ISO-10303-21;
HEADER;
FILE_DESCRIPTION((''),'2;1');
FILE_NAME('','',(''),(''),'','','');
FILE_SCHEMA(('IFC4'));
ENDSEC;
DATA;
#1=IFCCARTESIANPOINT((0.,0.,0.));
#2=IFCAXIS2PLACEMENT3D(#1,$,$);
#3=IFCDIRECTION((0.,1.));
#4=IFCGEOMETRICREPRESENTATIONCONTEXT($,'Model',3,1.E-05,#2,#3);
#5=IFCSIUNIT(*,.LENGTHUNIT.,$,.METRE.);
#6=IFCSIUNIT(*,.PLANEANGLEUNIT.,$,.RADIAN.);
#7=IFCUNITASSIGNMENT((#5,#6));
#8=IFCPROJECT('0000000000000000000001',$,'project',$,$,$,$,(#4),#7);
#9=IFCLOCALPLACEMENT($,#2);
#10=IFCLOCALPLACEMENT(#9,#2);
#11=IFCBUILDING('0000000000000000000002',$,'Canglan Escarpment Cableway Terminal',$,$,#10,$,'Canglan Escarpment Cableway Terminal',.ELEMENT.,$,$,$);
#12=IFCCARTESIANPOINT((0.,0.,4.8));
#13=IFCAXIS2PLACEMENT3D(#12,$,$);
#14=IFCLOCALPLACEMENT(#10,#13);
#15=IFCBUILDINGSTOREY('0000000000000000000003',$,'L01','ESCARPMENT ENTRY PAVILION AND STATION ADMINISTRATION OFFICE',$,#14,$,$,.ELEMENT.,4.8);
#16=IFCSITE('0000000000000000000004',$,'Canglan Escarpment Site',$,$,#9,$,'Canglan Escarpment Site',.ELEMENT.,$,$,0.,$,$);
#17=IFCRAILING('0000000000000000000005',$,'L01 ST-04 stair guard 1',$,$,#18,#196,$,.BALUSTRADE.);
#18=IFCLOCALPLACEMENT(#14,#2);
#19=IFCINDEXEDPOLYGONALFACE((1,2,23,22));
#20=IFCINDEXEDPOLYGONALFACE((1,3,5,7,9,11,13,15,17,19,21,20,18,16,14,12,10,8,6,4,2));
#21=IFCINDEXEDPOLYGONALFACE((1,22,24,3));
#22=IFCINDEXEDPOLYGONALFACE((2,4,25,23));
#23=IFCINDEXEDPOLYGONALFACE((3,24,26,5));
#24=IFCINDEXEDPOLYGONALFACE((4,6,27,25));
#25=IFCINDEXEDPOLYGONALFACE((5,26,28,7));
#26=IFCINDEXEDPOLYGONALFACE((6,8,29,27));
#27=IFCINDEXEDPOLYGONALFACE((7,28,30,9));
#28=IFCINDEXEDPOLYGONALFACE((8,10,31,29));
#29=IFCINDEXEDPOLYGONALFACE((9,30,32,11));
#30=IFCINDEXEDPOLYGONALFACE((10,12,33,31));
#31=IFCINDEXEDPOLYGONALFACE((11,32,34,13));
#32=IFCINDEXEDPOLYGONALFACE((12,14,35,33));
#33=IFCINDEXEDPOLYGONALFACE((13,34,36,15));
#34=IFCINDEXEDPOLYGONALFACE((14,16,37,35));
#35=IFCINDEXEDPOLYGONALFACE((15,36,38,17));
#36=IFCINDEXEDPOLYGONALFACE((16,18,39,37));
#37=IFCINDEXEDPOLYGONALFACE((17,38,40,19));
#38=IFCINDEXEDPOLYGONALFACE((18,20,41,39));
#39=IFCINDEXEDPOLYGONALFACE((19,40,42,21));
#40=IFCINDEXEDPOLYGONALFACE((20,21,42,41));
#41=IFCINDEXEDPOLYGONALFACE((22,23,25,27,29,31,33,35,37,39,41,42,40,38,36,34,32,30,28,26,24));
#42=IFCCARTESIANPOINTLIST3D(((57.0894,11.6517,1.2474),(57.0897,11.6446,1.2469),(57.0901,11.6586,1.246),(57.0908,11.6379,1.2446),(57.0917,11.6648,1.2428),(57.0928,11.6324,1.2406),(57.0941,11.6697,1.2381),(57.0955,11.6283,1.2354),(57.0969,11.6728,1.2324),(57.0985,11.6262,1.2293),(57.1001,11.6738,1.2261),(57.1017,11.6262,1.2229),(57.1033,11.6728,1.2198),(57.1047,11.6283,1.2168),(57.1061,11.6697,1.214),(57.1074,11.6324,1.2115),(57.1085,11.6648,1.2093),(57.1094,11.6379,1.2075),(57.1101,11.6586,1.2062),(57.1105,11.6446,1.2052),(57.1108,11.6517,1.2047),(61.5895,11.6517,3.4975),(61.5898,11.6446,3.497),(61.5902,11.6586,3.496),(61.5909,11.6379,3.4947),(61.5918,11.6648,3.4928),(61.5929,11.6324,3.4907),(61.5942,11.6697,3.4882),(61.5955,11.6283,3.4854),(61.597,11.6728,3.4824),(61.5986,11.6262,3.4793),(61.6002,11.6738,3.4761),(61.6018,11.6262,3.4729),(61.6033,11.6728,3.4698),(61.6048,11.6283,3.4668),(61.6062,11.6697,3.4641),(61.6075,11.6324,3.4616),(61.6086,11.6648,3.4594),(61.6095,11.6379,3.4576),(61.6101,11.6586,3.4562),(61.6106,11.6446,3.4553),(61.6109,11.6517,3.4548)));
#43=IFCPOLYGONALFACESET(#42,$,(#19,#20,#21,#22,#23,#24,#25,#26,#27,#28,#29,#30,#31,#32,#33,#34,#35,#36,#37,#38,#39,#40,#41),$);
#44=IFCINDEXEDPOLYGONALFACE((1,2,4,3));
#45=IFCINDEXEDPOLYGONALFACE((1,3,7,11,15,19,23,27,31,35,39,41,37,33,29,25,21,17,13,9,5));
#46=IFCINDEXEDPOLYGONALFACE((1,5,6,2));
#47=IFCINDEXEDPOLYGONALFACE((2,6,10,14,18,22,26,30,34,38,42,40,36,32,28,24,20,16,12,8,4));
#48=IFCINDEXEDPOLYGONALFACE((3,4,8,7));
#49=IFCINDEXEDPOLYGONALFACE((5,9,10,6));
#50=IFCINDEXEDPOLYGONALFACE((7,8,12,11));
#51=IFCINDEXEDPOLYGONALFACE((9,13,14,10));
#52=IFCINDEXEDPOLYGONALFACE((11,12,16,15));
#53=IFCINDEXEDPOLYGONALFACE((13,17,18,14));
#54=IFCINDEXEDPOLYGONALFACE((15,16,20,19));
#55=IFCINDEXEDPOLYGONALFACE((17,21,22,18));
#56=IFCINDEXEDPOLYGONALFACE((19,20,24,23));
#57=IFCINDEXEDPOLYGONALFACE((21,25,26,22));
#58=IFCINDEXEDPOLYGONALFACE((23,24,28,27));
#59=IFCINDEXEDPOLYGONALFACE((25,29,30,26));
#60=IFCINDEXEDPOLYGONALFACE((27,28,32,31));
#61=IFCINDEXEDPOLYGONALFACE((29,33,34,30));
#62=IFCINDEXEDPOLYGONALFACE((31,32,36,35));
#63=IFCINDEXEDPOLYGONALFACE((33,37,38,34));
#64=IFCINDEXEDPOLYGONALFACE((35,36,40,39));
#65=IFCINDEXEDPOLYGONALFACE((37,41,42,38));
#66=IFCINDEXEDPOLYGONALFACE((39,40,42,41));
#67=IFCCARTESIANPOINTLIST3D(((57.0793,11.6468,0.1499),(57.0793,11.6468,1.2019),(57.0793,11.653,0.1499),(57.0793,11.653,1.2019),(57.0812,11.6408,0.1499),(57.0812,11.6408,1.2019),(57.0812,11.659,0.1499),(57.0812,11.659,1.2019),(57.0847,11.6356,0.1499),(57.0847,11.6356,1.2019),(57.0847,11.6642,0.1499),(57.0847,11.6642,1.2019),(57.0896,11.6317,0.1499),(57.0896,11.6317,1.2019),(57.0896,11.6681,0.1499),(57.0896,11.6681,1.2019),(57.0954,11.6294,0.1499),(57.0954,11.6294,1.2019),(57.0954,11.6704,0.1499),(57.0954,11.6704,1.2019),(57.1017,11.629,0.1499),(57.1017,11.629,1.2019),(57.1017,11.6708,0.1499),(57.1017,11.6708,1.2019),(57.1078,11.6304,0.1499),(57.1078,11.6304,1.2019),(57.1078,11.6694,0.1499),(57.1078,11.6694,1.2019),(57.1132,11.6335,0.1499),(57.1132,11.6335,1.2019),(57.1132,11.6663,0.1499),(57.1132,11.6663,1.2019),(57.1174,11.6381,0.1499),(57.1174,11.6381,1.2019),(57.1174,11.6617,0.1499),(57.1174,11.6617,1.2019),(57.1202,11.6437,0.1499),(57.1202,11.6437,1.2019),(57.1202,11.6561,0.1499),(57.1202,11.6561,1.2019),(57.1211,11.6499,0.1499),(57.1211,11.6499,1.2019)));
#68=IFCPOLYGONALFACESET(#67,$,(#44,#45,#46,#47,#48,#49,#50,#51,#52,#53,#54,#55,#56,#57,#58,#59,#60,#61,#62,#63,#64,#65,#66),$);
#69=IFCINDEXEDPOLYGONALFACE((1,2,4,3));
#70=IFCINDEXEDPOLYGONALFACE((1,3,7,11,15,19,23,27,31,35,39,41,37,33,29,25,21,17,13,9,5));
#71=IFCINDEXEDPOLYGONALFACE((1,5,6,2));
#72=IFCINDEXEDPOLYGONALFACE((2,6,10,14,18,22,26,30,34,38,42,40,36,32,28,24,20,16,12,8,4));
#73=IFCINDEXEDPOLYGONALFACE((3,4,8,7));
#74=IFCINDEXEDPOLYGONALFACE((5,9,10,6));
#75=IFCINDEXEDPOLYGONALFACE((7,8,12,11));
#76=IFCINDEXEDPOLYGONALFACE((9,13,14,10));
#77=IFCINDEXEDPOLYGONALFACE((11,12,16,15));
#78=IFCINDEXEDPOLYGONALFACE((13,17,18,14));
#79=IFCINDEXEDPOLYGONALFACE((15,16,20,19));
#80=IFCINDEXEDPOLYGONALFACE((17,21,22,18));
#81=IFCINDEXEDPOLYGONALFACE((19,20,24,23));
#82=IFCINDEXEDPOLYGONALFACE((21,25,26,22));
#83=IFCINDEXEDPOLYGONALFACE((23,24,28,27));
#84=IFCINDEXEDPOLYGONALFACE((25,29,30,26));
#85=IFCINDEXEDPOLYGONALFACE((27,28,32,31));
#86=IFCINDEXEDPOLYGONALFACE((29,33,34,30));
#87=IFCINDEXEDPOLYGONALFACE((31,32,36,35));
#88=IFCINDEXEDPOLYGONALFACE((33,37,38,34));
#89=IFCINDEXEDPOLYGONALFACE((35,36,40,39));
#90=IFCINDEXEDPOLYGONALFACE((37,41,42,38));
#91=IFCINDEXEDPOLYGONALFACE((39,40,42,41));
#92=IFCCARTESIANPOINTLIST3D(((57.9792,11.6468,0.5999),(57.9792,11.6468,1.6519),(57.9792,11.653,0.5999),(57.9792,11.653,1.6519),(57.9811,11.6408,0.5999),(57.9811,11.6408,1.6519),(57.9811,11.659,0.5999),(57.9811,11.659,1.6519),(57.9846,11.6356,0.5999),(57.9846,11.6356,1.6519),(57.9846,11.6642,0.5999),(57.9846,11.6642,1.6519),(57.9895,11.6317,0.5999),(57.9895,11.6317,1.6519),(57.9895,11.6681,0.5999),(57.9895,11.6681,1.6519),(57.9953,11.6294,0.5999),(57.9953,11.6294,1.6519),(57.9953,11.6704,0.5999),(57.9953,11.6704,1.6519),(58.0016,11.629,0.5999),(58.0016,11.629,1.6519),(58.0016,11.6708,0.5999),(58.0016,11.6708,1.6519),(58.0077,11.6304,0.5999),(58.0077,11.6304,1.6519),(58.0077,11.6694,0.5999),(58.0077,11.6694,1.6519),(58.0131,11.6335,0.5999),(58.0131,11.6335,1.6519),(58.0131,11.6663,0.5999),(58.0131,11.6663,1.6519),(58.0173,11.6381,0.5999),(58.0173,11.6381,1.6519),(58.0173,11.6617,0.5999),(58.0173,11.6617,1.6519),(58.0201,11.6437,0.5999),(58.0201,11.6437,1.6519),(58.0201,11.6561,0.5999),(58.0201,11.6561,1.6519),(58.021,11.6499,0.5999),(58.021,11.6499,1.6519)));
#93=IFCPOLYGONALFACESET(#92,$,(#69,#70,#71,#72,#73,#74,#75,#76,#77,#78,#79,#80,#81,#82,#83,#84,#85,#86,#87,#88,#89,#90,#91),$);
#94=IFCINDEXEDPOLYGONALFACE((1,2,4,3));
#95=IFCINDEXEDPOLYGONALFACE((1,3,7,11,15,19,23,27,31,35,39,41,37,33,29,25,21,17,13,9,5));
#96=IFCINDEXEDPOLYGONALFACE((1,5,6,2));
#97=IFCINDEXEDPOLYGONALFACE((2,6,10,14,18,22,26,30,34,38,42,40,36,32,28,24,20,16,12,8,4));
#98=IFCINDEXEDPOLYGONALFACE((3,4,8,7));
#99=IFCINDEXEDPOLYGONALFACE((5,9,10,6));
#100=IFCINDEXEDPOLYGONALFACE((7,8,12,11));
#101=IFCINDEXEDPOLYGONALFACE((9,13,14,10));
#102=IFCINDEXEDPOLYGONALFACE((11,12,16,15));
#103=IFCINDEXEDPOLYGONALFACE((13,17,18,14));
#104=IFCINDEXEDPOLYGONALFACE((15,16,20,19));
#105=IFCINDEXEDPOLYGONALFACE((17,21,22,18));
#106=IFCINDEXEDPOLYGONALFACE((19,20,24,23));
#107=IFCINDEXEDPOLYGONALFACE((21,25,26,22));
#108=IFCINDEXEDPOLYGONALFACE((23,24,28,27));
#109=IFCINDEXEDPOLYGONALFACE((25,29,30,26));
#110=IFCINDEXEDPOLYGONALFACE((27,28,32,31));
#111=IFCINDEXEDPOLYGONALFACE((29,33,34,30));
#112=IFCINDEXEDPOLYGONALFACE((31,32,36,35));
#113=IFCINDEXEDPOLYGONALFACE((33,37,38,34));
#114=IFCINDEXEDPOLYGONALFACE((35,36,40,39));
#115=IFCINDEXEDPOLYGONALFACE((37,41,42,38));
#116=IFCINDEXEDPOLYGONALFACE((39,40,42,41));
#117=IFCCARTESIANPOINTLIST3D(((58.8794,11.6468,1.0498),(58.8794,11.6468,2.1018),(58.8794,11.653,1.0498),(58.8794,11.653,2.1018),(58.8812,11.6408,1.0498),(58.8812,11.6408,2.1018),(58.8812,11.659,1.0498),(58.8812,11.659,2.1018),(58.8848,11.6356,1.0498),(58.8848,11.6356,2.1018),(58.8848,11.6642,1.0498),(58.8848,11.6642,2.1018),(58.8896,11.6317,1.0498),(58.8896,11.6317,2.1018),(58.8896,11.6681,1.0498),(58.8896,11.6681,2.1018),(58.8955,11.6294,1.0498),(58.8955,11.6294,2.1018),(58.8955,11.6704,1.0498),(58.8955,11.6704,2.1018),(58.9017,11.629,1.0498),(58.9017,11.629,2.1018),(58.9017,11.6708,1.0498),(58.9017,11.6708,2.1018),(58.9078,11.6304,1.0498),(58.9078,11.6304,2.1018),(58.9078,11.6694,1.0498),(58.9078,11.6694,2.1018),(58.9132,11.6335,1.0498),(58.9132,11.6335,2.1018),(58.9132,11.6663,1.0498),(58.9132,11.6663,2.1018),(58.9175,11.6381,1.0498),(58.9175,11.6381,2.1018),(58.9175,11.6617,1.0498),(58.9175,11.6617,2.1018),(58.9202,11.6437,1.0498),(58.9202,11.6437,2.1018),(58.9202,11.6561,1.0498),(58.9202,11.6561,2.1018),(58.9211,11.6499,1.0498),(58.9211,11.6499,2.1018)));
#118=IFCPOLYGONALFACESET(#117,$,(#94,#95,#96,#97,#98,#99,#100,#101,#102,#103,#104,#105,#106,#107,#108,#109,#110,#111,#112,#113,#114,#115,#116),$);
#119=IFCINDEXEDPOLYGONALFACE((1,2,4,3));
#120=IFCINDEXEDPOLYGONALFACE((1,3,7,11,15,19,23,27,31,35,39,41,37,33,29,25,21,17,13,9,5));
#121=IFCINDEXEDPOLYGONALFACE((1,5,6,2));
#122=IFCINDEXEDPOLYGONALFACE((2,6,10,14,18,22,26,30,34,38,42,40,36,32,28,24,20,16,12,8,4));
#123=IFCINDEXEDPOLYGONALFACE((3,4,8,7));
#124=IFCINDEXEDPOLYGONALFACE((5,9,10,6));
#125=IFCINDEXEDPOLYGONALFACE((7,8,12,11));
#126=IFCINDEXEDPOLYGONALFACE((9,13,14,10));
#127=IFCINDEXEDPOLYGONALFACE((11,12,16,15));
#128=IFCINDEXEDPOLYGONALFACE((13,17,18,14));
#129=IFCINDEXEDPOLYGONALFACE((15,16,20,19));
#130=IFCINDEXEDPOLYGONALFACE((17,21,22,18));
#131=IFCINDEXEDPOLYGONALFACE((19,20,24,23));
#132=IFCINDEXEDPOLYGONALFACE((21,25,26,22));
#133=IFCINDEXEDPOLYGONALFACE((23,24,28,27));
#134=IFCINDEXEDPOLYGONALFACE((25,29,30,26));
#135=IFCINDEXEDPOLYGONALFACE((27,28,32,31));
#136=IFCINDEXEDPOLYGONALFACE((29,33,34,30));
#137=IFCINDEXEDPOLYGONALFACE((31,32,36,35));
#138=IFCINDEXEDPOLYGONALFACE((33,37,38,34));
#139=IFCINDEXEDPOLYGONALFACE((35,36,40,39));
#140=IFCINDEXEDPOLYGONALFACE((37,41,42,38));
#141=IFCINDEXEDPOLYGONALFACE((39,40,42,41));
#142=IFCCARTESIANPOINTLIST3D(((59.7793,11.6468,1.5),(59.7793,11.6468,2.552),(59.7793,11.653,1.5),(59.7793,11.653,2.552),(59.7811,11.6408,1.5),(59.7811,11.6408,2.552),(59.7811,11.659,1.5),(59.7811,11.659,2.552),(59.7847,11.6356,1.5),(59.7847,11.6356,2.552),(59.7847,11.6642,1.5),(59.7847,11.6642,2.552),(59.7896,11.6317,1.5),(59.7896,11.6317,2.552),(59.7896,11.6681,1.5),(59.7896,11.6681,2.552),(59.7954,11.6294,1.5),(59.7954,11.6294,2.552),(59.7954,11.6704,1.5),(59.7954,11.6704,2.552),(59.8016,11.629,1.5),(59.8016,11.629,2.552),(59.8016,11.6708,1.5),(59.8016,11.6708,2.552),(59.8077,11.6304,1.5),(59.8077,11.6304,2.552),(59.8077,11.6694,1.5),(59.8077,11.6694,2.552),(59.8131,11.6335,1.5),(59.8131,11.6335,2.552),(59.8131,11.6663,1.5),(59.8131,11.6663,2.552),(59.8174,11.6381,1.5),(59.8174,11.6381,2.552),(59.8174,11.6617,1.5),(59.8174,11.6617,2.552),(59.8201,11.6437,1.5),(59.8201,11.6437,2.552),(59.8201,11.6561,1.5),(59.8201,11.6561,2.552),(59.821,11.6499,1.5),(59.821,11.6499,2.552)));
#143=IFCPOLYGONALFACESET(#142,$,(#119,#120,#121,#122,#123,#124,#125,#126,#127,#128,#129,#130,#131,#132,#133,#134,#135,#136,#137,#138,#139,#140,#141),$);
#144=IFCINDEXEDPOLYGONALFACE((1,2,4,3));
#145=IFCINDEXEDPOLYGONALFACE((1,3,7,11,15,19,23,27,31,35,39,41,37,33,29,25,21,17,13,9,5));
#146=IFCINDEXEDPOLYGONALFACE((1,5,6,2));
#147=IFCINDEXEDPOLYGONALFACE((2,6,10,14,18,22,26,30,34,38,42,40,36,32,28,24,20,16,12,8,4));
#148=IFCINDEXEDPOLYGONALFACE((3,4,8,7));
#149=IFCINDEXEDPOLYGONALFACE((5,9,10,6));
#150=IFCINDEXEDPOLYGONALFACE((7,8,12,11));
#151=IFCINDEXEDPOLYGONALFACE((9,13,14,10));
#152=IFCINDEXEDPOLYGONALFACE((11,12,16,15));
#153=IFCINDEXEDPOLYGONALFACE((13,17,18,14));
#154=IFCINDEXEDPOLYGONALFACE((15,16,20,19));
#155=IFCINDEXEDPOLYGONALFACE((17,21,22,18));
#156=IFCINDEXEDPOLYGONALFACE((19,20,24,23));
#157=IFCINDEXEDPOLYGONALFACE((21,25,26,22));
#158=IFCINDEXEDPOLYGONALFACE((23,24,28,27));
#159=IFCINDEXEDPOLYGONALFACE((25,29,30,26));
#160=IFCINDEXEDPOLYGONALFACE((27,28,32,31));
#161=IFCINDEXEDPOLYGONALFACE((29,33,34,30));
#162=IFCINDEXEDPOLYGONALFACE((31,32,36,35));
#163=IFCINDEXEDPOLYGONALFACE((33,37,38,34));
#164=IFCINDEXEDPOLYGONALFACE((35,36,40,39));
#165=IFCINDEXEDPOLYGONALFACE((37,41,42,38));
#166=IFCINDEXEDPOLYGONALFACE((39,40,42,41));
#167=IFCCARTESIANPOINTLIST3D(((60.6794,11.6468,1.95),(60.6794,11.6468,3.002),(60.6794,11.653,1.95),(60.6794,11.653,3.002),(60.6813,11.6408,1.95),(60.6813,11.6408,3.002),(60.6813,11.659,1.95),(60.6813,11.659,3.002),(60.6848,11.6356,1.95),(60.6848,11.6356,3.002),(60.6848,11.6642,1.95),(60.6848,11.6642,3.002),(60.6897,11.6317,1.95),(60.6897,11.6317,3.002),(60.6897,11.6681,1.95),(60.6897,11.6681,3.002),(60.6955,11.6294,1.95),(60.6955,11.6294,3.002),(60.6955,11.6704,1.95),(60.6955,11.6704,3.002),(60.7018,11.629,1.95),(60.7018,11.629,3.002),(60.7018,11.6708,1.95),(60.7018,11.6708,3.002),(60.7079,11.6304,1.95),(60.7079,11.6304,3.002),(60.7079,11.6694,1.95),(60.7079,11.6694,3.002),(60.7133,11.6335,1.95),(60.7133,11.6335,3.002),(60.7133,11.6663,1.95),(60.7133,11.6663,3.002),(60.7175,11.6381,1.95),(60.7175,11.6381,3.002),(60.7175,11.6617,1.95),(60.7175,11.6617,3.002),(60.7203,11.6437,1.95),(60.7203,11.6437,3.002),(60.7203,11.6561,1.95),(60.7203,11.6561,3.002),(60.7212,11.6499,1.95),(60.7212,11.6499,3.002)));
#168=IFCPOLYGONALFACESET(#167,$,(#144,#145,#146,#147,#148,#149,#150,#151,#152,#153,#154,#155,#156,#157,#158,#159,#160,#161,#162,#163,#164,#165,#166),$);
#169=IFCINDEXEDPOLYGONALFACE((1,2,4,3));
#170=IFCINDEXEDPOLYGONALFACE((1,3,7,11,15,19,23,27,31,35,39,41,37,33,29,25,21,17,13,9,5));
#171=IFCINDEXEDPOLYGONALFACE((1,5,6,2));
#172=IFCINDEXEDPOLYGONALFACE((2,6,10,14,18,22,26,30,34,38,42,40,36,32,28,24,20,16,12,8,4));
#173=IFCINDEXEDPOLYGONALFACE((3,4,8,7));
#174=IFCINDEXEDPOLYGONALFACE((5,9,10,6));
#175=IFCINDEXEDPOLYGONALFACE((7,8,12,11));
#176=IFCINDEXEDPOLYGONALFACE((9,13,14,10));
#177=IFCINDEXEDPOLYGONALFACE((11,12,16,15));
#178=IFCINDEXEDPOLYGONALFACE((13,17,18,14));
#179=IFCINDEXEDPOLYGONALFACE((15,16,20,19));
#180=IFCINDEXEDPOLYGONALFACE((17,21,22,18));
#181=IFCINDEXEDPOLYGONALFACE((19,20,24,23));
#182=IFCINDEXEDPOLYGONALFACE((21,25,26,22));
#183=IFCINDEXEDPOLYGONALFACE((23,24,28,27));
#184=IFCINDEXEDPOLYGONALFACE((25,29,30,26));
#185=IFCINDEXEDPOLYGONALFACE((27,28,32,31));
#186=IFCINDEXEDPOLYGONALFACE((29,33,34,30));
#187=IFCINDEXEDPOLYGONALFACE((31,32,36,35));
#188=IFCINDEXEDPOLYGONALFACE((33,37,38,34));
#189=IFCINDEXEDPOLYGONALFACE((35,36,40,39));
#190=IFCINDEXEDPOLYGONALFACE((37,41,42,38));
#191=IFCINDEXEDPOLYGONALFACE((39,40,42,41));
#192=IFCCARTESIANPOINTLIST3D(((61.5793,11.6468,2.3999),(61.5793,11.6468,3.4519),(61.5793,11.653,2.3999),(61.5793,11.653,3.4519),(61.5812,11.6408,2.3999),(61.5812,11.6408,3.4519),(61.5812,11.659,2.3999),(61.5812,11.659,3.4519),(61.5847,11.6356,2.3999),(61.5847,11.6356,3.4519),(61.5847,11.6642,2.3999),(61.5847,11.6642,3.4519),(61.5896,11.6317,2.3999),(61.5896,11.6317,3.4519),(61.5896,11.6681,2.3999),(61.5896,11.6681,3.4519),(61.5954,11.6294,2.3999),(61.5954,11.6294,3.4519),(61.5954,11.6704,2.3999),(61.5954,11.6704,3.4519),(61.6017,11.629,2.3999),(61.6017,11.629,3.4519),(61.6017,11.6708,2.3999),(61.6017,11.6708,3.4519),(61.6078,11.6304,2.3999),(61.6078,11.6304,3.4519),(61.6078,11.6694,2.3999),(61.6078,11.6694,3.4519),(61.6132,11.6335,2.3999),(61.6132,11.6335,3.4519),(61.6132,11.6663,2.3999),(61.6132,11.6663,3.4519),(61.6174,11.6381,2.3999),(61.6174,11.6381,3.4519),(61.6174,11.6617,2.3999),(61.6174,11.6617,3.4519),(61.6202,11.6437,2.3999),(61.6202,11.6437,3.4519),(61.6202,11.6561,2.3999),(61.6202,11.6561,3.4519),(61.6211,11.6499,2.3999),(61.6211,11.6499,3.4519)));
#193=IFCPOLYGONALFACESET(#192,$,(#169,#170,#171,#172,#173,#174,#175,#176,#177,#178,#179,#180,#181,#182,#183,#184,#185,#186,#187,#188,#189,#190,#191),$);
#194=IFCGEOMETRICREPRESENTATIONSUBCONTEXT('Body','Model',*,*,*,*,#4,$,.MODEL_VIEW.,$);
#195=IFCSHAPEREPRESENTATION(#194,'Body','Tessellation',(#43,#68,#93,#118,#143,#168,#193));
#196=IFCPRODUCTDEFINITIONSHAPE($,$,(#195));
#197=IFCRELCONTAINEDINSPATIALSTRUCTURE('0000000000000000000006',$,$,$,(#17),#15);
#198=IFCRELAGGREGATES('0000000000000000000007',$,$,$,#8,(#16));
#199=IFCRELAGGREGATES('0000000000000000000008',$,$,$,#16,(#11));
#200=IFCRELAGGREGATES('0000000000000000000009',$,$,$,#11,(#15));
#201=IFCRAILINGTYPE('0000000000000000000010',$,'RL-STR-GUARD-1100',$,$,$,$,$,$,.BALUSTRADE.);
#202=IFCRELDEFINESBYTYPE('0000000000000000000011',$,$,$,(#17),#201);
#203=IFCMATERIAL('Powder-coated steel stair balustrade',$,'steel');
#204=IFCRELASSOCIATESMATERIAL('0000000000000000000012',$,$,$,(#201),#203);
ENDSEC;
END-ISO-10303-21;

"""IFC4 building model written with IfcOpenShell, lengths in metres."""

from ifc_helpers import new_model, si_unit, direction, frame, origin, origin_2d, place, context, subcontext, project, spatial, circle, extrude, material, type_object, element, save


model = new_model("IFC4")

# Units and contexts
model_context = context("Model", 3, precision=1e-05, world=origin(), true_north=direction((0.0, 1.0)))
body_context = subcontext(model_context, "Body", "Model", "MODEL_VIEW")
ifc_project = project(units=[si_unit("LENGTHUNIT", "METRE"), si_unit("PLANEANGLEUNIT", "RADIAN")], contexts=[model_context])

# Site, building, storey
site_placement = place(None, origin())
site = spatial("IfcSite", under=ifc_project, at=site_placement, Name="Canglan Escarpment Site", LongName="Canglan Escarpment Site", CompositionType="ELEMENT", RefElevation=0.0)
building_placement = place(site_placement, origin())
building = spatial("IfcBuilding", under=site, at=building_placement, Name="Canglan Escarpment Cableway Terminal", LongName="Canglan Escarpment Cableway Terminal", CompositionType="ELEMENT")
storey_placement = place(building_placement, frame((0.0, 0.0, 4.8)))
storey = spatial("IfcBuildingStorey", under=building, at=storey_placement, Name="L01", Description="ESCARPMENT ENTRY PAVILION AND STATION ADMINISTRATION OFFICE", CompositionType="ELEMENT", Elevation=4.8)

# Railing
ifc_material_1 = material(Name="Powder-coated steel stair balustrade", Category="steel")
railing_type_1 = type_object("IfcRailingType", Name="RL-STR-GUARD-1100", PredefinedType="BALUSTRADE", material=ifc_material_1)
railing_1_placement = place(storey_placement, frame((57.1001, 11.6499, 0.1499)))
element("IfcRailing", 1, at=railing_1_placement, inside=storey, type_object=railing_type_1, Name="L01 ST-04 stair guard 1", PredefinedType="BALUSTRADE", context=body_context, shape_type="SweptSolid", body=[
    extrude(circle(Radius=0.0239, at=origin_2d()), frame((0.0, 0.0, 1.0762), z_axis=(0.894427, 0.0, 0.447214), x_axis=(0.0, 1.0, 0.0)), (0.0, 0.0, 1.0), 5.0312),
    extrude(circle(Radius=0.021, at=origin_2d()), origin(), (0.0, 0.0, 1.0), 1.052),
    extrude(circle(Radius=0.021, at=origin_2d()), frame((0.8999, 0.0, 0.45)), (0.0, 0.0, 1.0), 1.052),
    extrude(circle(Radius=0.021, at=origin_2d()), frame((1.8, 0.0, 0.8999)), (0.0, 0.0, 1.0), 1.052),
    extrude(circle(Radius=0.021, at=origin_2d()), frame((2.7, 0.0, 1.3501)), (0.0, 0.0, 1.0), 1.052),
    extrude(circle(Radius=0.021, at=origin_2d()), frame((3.6001, 0.0, 1.8)), (0.0, 0.0, 1.0), 1.052),
    extrude(circle(Radius=0.021, at=origin_2d()), frame((4.5, 0.0, 2.25)), (0.0, 0.0, 1.0), 1.052),
])

save(model, "model.ifc")
